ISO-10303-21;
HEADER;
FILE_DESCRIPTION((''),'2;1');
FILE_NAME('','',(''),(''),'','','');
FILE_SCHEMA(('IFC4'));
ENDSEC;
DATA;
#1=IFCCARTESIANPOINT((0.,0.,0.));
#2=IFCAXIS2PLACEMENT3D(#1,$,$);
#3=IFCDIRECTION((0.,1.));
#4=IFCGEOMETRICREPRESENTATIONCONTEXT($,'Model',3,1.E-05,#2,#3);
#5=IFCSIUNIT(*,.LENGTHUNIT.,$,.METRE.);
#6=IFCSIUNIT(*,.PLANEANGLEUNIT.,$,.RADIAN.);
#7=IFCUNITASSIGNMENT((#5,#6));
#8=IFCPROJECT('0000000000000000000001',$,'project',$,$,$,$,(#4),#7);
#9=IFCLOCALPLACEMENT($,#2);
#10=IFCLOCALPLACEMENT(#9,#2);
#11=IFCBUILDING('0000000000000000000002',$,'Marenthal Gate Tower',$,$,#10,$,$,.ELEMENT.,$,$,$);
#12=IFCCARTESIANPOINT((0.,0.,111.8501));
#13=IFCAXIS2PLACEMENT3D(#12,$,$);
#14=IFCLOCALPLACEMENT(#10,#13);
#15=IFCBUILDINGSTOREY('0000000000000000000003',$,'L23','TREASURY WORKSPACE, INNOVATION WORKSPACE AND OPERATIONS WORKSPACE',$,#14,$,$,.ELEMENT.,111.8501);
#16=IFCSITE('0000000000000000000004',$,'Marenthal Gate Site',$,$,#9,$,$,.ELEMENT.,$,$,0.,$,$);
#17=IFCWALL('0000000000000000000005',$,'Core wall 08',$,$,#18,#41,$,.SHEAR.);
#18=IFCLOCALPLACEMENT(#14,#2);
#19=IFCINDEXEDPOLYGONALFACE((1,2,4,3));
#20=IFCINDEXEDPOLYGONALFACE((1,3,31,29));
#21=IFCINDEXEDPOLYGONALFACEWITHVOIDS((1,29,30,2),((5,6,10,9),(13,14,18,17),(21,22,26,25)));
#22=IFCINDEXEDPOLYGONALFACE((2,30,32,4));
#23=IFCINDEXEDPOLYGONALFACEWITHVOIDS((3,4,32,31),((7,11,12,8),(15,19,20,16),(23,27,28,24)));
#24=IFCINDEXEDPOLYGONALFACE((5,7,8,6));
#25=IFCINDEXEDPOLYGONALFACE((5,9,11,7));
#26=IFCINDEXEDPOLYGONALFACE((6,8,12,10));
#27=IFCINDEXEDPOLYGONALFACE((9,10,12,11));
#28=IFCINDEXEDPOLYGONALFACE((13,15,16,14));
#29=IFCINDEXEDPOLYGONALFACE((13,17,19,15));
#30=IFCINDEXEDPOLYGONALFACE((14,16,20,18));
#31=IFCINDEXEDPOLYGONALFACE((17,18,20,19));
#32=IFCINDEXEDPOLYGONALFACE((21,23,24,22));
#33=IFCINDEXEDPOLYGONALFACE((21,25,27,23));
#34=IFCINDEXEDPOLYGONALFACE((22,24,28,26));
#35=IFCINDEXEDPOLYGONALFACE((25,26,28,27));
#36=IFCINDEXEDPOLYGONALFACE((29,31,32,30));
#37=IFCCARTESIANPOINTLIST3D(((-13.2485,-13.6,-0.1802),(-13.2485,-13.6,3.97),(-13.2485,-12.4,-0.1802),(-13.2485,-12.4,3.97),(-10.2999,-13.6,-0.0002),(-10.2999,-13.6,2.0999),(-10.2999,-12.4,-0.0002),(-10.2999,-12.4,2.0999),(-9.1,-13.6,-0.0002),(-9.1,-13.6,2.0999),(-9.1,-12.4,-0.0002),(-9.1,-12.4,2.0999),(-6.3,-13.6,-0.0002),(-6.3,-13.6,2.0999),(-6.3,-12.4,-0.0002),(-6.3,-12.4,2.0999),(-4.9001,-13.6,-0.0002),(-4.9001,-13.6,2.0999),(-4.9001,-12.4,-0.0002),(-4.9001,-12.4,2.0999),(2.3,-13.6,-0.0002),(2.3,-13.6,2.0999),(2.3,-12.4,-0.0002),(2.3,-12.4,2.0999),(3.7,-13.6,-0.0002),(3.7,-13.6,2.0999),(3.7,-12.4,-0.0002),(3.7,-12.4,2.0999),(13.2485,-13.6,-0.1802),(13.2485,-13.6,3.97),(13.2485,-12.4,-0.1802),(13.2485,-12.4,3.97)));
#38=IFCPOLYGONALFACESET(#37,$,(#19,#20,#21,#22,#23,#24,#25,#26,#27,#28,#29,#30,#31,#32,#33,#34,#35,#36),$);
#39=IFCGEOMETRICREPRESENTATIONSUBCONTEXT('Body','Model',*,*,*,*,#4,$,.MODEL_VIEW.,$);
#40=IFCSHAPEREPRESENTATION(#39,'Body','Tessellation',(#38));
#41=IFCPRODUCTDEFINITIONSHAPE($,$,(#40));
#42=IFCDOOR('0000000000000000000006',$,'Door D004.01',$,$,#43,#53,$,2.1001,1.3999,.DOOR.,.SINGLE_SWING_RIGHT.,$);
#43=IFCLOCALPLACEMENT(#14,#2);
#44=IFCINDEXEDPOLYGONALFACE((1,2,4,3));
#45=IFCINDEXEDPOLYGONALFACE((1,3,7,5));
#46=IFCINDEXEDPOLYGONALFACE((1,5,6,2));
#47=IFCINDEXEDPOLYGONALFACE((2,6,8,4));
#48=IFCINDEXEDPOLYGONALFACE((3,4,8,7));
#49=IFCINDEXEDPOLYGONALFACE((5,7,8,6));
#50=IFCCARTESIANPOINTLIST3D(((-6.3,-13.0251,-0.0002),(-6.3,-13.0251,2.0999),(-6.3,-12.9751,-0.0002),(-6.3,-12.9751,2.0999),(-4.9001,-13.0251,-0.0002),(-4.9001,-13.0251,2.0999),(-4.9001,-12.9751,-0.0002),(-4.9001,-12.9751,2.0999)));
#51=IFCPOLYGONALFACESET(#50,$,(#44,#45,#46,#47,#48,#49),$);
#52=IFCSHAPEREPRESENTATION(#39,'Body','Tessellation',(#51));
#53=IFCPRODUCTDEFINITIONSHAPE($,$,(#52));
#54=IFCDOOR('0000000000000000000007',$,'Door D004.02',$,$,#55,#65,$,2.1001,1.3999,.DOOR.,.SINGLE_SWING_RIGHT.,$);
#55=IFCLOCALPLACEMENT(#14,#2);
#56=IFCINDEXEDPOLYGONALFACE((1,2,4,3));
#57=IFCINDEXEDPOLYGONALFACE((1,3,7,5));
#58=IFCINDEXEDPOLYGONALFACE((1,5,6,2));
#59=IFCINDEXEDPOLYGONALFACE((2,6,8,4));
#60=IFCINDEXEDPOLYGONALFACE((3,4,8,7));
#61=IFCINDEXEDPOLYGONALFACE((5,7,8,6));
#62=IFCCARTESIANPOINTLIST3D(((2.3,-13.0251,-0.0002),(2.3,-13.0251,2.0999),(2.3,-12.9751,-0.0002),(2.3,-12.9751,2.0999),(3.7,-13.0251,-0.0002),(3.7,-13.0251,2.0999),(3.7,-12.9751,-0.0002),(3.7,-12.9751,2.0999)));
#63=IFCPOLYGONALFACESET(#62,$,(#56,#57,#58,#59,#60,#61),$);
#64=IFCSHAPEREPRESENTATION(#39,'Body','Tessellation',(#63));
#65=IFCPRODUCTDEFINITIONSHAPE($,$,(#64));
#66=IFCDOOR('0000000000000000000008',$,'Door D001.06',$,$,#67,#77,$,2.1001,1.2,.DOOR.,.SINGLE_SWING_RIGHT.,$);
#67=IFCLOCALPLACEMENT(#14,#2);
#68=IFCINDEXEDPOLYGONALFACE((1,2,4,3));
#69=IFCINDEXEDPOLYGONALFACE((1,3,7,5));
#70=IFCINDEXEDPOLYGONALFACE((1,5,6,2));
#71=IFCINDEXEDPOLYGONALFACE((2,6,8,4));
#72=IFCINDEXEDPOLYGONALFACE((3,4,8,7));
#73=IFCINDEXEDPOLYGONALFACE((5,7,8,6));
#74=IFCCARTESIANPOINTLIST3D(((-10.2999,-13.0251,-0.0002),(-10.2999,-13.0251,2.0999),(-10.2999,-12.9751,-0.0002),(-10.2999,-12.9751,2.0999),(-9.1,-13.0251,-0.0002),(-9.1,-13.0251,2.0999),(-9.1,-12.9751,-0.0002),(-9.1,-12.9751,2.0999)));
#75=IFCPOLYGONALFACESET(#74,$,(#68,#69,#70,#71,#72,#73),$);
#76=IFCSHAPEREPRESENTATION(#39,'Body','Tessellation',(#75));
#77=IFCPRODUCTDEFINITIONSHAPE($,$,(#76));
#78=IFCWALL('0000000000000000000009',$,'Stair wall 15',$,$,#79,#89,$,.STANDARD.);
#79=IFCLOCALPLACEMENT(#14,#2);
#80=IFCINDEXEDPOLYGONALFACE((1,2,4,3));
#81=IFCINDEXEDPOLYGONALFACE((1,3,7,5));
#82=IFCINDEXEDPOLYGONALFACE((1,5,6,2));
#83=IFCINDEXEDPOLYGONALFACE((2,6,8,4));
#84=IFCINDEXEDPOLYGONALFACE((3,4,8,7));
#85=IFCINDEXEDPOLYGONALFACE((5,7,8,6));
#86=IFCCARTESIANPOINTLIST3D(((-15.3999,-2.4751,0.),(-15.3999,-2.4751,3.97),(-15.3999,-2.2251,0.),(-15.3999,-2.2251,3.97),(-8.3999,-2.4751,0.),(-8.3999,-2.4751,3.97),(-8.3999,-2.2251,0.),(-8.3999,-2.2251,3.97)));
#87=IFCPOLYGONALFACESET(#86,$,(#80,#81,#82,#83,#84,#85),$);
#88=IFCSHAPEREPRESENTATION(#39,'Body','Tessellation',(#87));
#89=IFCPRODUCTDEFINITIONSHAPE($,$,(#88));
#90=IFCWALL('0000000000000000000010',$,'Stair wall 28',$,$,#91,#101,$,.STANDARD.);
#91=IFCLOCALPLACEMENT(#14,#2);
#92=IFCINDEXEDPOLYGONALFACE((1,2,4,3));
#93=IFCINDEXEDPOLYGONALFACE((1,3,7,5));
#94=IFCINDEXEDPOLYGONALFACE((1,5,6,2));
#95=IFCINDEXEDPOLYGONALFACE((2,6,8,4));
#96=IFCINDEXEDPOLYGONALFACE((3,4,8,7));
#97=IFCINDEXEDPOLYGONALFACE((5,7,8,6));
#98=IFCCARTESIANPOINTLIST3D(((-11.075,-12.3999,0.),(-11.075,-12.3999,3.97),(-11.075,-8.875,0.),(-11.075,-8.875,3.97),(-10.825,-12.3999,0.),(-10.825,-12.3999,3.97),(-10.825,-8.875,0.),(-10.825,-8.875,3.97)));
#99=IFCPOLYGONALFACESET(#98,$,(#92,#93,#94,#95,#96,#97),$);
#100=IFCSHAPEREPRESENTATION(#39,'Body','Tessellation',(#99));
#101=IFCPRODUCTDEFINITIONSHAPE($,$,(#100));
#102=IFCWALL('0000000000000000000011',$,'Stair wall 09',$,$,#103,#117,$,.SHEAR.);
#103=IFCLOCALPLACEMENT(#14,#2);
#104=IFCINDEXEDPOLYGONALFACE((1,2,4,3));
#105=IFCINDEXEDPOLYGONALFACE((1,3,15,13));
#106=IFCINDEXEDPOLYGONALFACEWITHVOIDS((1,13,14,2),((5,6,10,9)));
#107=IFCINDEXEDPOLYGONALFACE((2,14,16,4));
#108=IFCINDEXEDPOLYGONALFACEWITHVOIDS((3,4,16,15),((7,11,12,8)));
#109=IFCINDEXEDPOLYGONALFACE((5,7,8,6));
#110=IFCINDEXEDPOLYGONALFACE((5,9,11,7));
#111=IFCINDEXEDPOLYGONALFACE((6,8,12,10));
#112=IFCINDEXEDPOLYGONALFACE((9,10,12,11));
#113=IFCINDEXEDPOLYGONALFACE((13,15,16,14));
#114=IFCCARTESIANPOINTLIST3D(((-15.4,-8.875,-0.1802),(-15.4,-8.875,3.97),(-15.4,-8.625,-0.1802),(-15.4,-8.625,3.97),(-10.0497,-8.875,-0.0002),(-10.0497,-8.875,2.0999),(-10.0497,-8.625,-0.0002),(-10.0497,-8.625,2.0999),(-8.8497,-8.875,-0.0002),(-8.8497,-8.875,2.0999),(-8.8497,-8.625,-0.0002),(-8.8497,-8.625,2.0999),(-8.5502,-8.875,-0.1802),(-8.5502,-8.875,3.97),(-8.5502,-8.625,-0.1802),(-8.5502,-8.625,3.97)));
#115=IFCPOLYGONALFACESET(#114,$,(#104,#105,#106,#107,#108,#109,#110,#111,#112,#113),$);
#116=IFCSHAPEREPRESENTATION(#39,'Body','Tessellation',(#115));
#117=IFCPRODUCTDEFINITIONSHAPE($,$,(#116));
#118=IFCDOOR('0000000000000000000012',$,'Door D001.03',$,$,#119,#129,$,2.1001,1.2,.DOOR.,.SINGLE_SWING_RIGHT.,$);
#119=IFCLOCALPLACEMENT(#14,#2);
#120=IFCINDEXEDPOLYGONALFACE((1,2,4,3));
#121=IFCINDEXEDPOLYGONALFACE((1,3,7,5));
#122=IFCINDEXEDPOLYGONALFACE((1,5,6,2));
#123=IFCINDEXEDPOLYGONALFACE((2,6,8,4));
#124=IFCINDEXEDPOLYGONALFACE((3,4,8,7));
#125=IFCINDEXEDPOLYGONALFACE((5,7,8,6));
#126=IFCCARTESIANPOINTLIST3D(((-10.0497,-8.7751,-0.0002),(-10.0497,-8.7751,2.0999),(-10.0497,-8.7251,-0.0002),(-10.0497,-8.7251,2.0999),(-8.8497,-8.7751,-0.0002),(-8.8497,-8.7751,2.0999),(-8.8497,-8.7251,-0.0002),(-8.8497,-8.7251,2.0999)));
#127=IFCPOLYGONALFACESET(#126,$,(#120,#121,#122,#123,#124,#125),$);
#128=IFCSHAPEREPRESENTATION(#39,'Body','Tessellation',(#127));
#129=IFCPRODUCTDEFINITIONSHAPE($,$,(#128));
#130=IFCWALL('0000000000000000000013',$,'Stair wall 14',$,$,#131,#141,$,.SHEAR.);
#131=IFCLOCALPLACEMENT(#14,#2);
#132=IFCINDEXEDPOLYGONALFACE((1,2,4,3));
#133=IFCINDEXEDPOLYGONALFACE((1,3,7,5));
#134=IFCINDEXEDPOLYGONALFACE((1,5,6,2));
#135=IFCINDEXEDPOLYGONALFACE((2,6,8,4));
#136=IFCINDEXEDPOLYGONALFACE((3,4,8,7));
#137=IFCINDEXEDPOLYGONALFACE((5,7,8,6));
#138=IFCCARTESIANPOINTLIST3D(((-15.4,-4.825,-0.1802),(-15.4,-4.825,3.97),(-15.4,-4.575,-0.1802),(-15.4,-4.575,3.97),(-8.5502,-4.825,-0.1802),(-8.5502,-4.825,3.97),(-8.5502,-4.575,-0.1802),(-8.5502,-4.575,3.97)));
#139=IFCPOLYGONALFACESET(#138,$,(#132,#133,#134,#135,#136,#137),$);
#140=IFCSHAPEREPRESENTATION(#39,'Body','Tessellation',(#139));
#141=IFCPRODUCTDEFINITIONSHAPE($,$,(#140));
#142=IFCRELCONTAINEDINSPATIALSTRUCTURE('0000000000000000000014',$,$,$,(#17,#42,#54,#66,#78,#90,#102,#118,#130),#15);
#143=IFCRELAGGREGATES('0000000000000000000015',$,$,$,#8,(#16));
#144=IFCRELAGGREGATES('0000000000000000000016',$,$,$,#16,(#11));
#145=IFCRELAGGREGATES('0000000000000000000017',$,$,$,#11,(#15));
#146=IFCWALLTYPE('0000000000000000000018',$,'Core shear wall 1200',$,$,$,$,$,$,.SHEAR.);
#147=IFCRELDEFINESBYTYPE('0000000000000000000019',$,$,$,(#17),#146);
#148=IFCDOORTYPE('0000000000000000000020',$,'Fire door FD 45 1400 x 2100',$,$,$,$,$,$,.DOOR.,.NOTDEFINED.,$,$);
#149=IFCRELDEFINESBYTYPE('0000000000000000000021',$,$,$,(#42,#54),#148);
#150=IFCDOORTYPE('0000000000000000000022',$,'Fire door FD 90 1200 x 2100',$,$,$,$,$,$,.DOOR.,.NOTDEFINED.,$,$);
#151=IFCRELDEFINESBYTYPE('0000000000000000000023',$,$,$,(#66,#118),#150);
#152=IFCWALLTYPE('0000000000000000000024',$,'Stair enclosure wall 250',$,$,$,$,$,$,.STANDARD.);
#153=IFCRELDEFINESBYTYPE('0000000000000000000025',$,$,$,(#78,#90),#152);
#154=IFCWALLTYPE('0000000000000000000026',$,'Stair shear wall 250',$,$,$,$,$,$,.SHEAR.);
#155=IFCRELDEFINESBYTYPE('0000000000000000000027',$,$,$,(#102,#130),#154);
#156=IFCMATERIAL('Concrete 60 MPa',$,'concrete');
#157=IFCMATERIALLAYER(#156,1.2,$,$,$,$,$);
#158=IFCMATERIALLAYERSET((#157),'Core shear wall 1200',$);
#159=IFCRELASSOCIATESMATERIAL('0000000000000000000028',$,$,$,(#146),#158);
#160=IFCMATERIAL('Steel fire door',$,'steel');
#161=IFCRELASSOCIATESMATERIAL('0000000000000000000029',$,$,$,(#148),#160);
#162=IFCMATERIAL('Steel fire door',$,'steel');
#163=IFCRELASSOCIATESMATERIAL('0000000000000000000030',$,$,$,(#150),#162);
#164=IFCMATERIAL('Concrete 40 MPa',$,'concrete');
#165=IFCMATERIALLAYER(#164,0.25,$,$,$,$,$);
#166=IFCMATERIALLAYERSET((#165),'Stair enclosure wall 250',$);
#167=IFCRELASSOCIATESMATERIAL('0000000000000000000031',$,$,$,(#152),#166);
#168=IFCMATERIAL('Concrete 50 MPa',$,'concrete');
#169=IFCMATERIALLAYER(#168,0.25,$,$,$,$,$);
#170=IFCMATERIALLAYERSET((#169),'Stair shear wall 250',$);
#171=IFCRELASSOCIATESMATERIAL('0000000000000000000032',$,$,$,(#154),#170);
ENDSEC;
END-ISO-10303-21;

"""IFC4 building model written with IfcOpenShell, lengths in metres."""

from ifc_helpers import new_model, si_unit, direction, frame, frame_2d, origin, place, context, subcontext, project, spatial, rectangle, extrude, material, layer, layer_set, type_object, element, fill, save


model = new_model("IFC4")

# Units and contexts
model_context = context("Model", 3, precision=1e-05, world=origin(), true_north=direction((0.0, 1.0)))
body_context = subcontext(model_context, "Body", "Model", "MODEL_VIEW")
ifc_project = project(units=[si_unit("LENGTHUNIT", "METRE"), si_unit("PLANEANGLEUNIT", "RADIAN")], contexts=[model_context])

# Site, building, storey
site_placement = place(None, origin())
site = spatial("IfcSite", under=ifc_project, at=site_placement, Name="Marenthal Gate Site", CompositionType="ELEMENT", RefElevation=0.0)
building_placement = place(site_placement, origin())
building = spatial("IfcBuilding", under=site, at=building_placement, Name="Marenthal Gate Tower", CompositionType="ELEMENT")
storey_placement = place(building_placement, frame((0.0, 0.0, 111.8501)))
storey = spatial("IfcBuildingStorey", under=building, at=storey_placement, Name="L23", Description="TREASURY WORKSPACE, INNOVATION WORKSPACE AND OPERATIONS WORKSPACE", CompositionType="ELEMENT", Elevation=111.8501)

# Wall, openings, doors
ifc_material_1 = material(Name="Concrete 60 MPa", Category="concrete")
ifc_layer_1 = layer(ifc_material_1, 1.2)
ifc_layer_set_1 = layer_set([ifc_layer_1], Name="Core shear wall 1200")
wall_type_1 = type_object("IfcWallType", Name="Core shear wall 1200", PredefinedType="SHEAR", material=ifc_layer_set_1)
wall_1_placement = place(storey_placement, frame((-13.2485, -13.0, -0.1802), z_axis=(0.0, 0.0, 1.0), x_axis=(1.0, 0.0, 0.0)))
wall_1 = element("IfcWall", 1, at=wall_1_placement, inside=storey, type_object=wall_type_1, Name="Core wall 08", PredefinedType="SHEAR", context=body_context, shape_type="SweptSolid", body=[
    extrude(rectangle(XDim=26.4971, YDim=1.2, at=frame_2d((13.2485, 0.0))), origin(), (0.0, 0.0, 1.0), 4.1501),
])
opening_1_placement = place(wall_1_placement, frame((2.9485, 0.0, 0.1799)))
opening_1 = element("IfcOpeningElement", 2, at=opening_1_placement, cuts=wall_1, PredefinedType="OPENING", context=body_context, shape_type="SweptSolid", body=[
    extrude(rectangle(XDim=1.2, YDim=2.1001, at=frame_2d((0.6001, 1.05))), frame((0.0, 0.6099, 0.0), z_axis=(0.0, -1.0, 0.0), x_axis=(1.0, 0.0, 0.0)), (0.0, 0.0, 1.0), 1.22),
])
opening_2_placement = place(wall_1_placement, frame((6.9485, 0.0, 0.1799)))
opening_2 = element("IfcOpeningElement", 3, at=opening_2_placement, cuts=wall_1, PredefinedType="OPENING", context=body_context, shape_type="SweptSolid", body=[
    extrude(rectangle(XDim=1.3999, YDim=2.1001, at=frame_2d((0.7, 1.05))), frame((0.0, 0.6099, 0.0), z_axis=(0.0, -1.0, 0.0), x_axis=(1.0, 0.0, 0.0)), (0.0, 0.0, 1.0), 1.22),
])
opening_3_placement = place(wall_1_placement, frame((15.5486, 0.0, 0.1799)))
opening_3 = element("IfcOpeningElement", 4, at=opening_3_placement, cuts=wall_1, PredefinedType="OPENING", context=body_context, shape_type="SweptSolid", body=[
    extrude(rectangle(XDim=1.3999, YDim=2.1001, at=frame_2d((0.7, 1.05))), frame((0.0, 0.6099, 0.0), z_axis=(0.0, -1.0, 0.0), x_axis=(1.0, 0.0, 0.0)), (0.0, 0.0, 1.0), 1.22),
])
ifc_material_2 = material(Name="Steel fire door", Category="steel")
door_type_1 = type_object("IfcDoorType", Name="Fire door FD 45 1400 x 2100", OperationType="NOTDEFINED", PredefinedType="DOOR", material=ifc_material_2)
door_1_placement = place(opening_2_placement, origin())
door_1 = element("IfcDoor", 5, at=door_1_placement, inside=storey, type_object=door_type_1, Name="Door D004.01", OperationType="SINGLE_SWING_RIGHT", OverallHeight=2.1001, OverallWidth=1.3999, PredefinedType="DOOR", context=body_context, shape_type="SweptSolid", body=[
    extrude(rectangle(XDim=1.3999, YDim=2.1001, at=frame_2d((0.7, 1.05))), frame((0.0, 0.0249, 0.0), z_axis=(0.0, -1.0, 0.0), x_axis=(1.0, 0.0, 0.0)), (0.0, 0.0, 1.0), 0.05),
])
fill(opening_2, door_1)
door_2_placement = place(opening_3_placement, origin())
door_2 = element("IfcDoor", 6, at=door_2_placement, inside=storey, type_object=door_type_1, Name="Door D004.02", OperationType="SINGLE_SWING_RIGHT", OverallHeight=2.1001, OverallWidth=1.3999, PredefinedType="DOOR", context=body_context, shape_type="SweptSolid", body=[
    extrude(rectangle(XDim=1.3999, YDim=2.1001, at=frame_2d((0.7, 1.05))), frame((0.0, 0.0249, 0.0), z_axis=(0.0, -1.0, 0.0), x_axis=(1.0, 0.0, 0.0)), (0.0, 0.0, 1.0), 0.05),
])
fill(opening_3, door_2)
ifc_material_3 = material(Name="Steel fire door", Category="steel")
door_type_2 = type_object("IfcDoorType", Name="Fire door FD 90 1200 x 2100", OperationType="NOTDEFINED", PredefinedType="DOOR", material=ifc_material_3)
door_3_placement = place(opening_1_placement, origin())
door_3 = element("IfcDoor", 7, at=door_3_placement, inside=storey, type_object=door_type_2, Name="Door D001.06", OperationType="SINGLE_SWING_RIGHT", OverallHeight=2.1001, OverallWidth=1.2, PredefinedType="DOOR", context=body_context, shape_type="SweptSolid", body=[
    extrude(rectangle(XDim=1.2, YDim=2.1001, at=frame_2d((0.6001, 1.05))), frame((0.0, 0.0249, 0.0), z_axis=(0.0, -1.0, 0.0), x_axis=(1.0, 0.0, 0.0)), (0.0, 0.0, 1.0), 0.05),
])
fill(opening_1, door_3)

# Walls
ifc_material_4 = material(Name="Concrete 40 MPa", Category="concrete")
ifc_layer_2 = layer(ifc_material_4, 0.25)
ifc_layer_set_2 = layer_set([ifc_layer_2], Name="Stair enclosure wall 250")
wall_type_2 = type_object("IfcWallType", Name="Stair enclosure wall 250", PredefinedType="STANDARD", material=ifc_layer_set_2)
wall_2_placement = place(storey_placement, frame((-15.3999, -2.3501, 0.0), z_axis=(0.0, 0.0, 1.0), x_axis=(1.0, 0.0, 0.0)))
element("IfcWall", 8, at=wall_2_placement, inside=storey, type_object=wall_type_2, Name="Stair wall 15", PredefinedType="STANDARD", context=body_context, shape_type="SweptSolid", body=[
    extrude(rectangle(XDim=7.0, YDim=0.25, at=frame_2d((3.5, 0.0))), origin(), (0.0, 0.0, 1.0), 3.97),
])
wall_3_placement = place(storey_placement, frame((-10.95, -12.3999, 0.0), z_axis=(0.0, 0.0, 1.0), x_axis=(0.0, 1.0, 0.0)))
element("IfcWall", 9, at=wall_3_placement, inside=storey, type_object=wall_type_2, Name="Stair wall 28", PredefinedType="STANDARD", context=body_context, shape_type="SweptSolid", body=[
    extrude(rectangle(XDim=3.5249, YDim=0.25, at=frame_2d((1.7625, 0.0))), origin(), (0.0, 0.0, 1.0), 3.97),
])

# Wall, opening, door
ifc_material_5 = material(Name="Concrete 50 MPa", Category="concrete")
ifc_layer_3 = layer(ifc_material_5, 0.25)
ifc_layer_set_3 = layer_set([ifc_layer_3], Name="Stair shear wall 250")
wall_type_3 = type_object("IfcWallType", Name="Stair shear wall 250", PredefinedType="SHEAR", material=ifc_layer_set_3)
wall_4_placement = place(storey_placement, frame((-15.3999, -8.75, -0.1802), z_axis=(0.0, 0.0, 1.0), x_axis=(1.0, 0.0, 0.0)))
wall_4 = element("IfcWall", 10, at=wall_4_placement, inside=storey, type_object=wall_type_3, Name="Stair wall 09", PredefinedType="SHEAR", context=body_context, shape_type="SweptSolid", body=[
    extrude(rectangle(XDim=6.8499, YDim=0.25, at=frame_2d((3.4248, 0.0))), origin(), (0.0, 0.0, 1.0), 4.1501),
])
opening_4_placement = place(wall_4_placement, frame((5.3501, 0.0, 0.1799)))
opening_4 = element("IfcOpeningElement", 11, at=opening_4_placement, cuts=wall_4, PredefinedType="OPENING", context=body_context, shape_type="SweptSolid", body=[
    extrude(rectangle(XDim=1.2, YDim=2.1001, at=frame_2d((0.6001, 1.05))), frame((0.0, 0.135, 0.0), z_axis=(0.0, -1.0, 0.0), x_axis=(1.0, 0.0, 0.0)), (0.0, 0.0, 1.0), 0.27),
])
door_4_placement = place(opening_4_placement, origin())
door_4 = element("IfcDoor", 12, at=door_4_placement, inside=storey, type_object=door_type_2, Name="Door D001.03", OperationType="SINGLE_SWING_RIGHT", OverallHeight=2.1001, OverallWidth=1.2, PredefinedType="DOOR", context=body_context, shape_type="SweptSolid", body=[
    extrude(rectangle(XDim=1.2, YDim=2.1001, at=frame_2d((0.6001, 1.05))), frame((0.0, 0.0249, 0.0), z_axis=(0.0, -1.0, 0.0), x_axis=(1.0, 0.0, 0.0)), (0.0, 0.0, 1.0), 0.05),
])
fill(opening_4, door_4)

# Wall
wall_5_placement = place(storey_placement, frame((-15.3999, -4.7, -0.1802), z_axis=(0.0, 0.0, 1.0), x_axis=(1.0, 0.0, 0.0)))
element("IfcWall", 13, at=wall_5_placement, inside=storey, type_object=wall_type_3, Name="Stair wall 14", PredefinedType="SHEAR", context=body_context, shape_type="SweptSolid", body=[
    extrude(rectangle(XDim=6.8499, YDim=0.25, at=frame_2d((3.4248, 0.0))), origin(), (0.0, 0.0, 1.0), 4.1501),
])

save(model, "model.ifc")
